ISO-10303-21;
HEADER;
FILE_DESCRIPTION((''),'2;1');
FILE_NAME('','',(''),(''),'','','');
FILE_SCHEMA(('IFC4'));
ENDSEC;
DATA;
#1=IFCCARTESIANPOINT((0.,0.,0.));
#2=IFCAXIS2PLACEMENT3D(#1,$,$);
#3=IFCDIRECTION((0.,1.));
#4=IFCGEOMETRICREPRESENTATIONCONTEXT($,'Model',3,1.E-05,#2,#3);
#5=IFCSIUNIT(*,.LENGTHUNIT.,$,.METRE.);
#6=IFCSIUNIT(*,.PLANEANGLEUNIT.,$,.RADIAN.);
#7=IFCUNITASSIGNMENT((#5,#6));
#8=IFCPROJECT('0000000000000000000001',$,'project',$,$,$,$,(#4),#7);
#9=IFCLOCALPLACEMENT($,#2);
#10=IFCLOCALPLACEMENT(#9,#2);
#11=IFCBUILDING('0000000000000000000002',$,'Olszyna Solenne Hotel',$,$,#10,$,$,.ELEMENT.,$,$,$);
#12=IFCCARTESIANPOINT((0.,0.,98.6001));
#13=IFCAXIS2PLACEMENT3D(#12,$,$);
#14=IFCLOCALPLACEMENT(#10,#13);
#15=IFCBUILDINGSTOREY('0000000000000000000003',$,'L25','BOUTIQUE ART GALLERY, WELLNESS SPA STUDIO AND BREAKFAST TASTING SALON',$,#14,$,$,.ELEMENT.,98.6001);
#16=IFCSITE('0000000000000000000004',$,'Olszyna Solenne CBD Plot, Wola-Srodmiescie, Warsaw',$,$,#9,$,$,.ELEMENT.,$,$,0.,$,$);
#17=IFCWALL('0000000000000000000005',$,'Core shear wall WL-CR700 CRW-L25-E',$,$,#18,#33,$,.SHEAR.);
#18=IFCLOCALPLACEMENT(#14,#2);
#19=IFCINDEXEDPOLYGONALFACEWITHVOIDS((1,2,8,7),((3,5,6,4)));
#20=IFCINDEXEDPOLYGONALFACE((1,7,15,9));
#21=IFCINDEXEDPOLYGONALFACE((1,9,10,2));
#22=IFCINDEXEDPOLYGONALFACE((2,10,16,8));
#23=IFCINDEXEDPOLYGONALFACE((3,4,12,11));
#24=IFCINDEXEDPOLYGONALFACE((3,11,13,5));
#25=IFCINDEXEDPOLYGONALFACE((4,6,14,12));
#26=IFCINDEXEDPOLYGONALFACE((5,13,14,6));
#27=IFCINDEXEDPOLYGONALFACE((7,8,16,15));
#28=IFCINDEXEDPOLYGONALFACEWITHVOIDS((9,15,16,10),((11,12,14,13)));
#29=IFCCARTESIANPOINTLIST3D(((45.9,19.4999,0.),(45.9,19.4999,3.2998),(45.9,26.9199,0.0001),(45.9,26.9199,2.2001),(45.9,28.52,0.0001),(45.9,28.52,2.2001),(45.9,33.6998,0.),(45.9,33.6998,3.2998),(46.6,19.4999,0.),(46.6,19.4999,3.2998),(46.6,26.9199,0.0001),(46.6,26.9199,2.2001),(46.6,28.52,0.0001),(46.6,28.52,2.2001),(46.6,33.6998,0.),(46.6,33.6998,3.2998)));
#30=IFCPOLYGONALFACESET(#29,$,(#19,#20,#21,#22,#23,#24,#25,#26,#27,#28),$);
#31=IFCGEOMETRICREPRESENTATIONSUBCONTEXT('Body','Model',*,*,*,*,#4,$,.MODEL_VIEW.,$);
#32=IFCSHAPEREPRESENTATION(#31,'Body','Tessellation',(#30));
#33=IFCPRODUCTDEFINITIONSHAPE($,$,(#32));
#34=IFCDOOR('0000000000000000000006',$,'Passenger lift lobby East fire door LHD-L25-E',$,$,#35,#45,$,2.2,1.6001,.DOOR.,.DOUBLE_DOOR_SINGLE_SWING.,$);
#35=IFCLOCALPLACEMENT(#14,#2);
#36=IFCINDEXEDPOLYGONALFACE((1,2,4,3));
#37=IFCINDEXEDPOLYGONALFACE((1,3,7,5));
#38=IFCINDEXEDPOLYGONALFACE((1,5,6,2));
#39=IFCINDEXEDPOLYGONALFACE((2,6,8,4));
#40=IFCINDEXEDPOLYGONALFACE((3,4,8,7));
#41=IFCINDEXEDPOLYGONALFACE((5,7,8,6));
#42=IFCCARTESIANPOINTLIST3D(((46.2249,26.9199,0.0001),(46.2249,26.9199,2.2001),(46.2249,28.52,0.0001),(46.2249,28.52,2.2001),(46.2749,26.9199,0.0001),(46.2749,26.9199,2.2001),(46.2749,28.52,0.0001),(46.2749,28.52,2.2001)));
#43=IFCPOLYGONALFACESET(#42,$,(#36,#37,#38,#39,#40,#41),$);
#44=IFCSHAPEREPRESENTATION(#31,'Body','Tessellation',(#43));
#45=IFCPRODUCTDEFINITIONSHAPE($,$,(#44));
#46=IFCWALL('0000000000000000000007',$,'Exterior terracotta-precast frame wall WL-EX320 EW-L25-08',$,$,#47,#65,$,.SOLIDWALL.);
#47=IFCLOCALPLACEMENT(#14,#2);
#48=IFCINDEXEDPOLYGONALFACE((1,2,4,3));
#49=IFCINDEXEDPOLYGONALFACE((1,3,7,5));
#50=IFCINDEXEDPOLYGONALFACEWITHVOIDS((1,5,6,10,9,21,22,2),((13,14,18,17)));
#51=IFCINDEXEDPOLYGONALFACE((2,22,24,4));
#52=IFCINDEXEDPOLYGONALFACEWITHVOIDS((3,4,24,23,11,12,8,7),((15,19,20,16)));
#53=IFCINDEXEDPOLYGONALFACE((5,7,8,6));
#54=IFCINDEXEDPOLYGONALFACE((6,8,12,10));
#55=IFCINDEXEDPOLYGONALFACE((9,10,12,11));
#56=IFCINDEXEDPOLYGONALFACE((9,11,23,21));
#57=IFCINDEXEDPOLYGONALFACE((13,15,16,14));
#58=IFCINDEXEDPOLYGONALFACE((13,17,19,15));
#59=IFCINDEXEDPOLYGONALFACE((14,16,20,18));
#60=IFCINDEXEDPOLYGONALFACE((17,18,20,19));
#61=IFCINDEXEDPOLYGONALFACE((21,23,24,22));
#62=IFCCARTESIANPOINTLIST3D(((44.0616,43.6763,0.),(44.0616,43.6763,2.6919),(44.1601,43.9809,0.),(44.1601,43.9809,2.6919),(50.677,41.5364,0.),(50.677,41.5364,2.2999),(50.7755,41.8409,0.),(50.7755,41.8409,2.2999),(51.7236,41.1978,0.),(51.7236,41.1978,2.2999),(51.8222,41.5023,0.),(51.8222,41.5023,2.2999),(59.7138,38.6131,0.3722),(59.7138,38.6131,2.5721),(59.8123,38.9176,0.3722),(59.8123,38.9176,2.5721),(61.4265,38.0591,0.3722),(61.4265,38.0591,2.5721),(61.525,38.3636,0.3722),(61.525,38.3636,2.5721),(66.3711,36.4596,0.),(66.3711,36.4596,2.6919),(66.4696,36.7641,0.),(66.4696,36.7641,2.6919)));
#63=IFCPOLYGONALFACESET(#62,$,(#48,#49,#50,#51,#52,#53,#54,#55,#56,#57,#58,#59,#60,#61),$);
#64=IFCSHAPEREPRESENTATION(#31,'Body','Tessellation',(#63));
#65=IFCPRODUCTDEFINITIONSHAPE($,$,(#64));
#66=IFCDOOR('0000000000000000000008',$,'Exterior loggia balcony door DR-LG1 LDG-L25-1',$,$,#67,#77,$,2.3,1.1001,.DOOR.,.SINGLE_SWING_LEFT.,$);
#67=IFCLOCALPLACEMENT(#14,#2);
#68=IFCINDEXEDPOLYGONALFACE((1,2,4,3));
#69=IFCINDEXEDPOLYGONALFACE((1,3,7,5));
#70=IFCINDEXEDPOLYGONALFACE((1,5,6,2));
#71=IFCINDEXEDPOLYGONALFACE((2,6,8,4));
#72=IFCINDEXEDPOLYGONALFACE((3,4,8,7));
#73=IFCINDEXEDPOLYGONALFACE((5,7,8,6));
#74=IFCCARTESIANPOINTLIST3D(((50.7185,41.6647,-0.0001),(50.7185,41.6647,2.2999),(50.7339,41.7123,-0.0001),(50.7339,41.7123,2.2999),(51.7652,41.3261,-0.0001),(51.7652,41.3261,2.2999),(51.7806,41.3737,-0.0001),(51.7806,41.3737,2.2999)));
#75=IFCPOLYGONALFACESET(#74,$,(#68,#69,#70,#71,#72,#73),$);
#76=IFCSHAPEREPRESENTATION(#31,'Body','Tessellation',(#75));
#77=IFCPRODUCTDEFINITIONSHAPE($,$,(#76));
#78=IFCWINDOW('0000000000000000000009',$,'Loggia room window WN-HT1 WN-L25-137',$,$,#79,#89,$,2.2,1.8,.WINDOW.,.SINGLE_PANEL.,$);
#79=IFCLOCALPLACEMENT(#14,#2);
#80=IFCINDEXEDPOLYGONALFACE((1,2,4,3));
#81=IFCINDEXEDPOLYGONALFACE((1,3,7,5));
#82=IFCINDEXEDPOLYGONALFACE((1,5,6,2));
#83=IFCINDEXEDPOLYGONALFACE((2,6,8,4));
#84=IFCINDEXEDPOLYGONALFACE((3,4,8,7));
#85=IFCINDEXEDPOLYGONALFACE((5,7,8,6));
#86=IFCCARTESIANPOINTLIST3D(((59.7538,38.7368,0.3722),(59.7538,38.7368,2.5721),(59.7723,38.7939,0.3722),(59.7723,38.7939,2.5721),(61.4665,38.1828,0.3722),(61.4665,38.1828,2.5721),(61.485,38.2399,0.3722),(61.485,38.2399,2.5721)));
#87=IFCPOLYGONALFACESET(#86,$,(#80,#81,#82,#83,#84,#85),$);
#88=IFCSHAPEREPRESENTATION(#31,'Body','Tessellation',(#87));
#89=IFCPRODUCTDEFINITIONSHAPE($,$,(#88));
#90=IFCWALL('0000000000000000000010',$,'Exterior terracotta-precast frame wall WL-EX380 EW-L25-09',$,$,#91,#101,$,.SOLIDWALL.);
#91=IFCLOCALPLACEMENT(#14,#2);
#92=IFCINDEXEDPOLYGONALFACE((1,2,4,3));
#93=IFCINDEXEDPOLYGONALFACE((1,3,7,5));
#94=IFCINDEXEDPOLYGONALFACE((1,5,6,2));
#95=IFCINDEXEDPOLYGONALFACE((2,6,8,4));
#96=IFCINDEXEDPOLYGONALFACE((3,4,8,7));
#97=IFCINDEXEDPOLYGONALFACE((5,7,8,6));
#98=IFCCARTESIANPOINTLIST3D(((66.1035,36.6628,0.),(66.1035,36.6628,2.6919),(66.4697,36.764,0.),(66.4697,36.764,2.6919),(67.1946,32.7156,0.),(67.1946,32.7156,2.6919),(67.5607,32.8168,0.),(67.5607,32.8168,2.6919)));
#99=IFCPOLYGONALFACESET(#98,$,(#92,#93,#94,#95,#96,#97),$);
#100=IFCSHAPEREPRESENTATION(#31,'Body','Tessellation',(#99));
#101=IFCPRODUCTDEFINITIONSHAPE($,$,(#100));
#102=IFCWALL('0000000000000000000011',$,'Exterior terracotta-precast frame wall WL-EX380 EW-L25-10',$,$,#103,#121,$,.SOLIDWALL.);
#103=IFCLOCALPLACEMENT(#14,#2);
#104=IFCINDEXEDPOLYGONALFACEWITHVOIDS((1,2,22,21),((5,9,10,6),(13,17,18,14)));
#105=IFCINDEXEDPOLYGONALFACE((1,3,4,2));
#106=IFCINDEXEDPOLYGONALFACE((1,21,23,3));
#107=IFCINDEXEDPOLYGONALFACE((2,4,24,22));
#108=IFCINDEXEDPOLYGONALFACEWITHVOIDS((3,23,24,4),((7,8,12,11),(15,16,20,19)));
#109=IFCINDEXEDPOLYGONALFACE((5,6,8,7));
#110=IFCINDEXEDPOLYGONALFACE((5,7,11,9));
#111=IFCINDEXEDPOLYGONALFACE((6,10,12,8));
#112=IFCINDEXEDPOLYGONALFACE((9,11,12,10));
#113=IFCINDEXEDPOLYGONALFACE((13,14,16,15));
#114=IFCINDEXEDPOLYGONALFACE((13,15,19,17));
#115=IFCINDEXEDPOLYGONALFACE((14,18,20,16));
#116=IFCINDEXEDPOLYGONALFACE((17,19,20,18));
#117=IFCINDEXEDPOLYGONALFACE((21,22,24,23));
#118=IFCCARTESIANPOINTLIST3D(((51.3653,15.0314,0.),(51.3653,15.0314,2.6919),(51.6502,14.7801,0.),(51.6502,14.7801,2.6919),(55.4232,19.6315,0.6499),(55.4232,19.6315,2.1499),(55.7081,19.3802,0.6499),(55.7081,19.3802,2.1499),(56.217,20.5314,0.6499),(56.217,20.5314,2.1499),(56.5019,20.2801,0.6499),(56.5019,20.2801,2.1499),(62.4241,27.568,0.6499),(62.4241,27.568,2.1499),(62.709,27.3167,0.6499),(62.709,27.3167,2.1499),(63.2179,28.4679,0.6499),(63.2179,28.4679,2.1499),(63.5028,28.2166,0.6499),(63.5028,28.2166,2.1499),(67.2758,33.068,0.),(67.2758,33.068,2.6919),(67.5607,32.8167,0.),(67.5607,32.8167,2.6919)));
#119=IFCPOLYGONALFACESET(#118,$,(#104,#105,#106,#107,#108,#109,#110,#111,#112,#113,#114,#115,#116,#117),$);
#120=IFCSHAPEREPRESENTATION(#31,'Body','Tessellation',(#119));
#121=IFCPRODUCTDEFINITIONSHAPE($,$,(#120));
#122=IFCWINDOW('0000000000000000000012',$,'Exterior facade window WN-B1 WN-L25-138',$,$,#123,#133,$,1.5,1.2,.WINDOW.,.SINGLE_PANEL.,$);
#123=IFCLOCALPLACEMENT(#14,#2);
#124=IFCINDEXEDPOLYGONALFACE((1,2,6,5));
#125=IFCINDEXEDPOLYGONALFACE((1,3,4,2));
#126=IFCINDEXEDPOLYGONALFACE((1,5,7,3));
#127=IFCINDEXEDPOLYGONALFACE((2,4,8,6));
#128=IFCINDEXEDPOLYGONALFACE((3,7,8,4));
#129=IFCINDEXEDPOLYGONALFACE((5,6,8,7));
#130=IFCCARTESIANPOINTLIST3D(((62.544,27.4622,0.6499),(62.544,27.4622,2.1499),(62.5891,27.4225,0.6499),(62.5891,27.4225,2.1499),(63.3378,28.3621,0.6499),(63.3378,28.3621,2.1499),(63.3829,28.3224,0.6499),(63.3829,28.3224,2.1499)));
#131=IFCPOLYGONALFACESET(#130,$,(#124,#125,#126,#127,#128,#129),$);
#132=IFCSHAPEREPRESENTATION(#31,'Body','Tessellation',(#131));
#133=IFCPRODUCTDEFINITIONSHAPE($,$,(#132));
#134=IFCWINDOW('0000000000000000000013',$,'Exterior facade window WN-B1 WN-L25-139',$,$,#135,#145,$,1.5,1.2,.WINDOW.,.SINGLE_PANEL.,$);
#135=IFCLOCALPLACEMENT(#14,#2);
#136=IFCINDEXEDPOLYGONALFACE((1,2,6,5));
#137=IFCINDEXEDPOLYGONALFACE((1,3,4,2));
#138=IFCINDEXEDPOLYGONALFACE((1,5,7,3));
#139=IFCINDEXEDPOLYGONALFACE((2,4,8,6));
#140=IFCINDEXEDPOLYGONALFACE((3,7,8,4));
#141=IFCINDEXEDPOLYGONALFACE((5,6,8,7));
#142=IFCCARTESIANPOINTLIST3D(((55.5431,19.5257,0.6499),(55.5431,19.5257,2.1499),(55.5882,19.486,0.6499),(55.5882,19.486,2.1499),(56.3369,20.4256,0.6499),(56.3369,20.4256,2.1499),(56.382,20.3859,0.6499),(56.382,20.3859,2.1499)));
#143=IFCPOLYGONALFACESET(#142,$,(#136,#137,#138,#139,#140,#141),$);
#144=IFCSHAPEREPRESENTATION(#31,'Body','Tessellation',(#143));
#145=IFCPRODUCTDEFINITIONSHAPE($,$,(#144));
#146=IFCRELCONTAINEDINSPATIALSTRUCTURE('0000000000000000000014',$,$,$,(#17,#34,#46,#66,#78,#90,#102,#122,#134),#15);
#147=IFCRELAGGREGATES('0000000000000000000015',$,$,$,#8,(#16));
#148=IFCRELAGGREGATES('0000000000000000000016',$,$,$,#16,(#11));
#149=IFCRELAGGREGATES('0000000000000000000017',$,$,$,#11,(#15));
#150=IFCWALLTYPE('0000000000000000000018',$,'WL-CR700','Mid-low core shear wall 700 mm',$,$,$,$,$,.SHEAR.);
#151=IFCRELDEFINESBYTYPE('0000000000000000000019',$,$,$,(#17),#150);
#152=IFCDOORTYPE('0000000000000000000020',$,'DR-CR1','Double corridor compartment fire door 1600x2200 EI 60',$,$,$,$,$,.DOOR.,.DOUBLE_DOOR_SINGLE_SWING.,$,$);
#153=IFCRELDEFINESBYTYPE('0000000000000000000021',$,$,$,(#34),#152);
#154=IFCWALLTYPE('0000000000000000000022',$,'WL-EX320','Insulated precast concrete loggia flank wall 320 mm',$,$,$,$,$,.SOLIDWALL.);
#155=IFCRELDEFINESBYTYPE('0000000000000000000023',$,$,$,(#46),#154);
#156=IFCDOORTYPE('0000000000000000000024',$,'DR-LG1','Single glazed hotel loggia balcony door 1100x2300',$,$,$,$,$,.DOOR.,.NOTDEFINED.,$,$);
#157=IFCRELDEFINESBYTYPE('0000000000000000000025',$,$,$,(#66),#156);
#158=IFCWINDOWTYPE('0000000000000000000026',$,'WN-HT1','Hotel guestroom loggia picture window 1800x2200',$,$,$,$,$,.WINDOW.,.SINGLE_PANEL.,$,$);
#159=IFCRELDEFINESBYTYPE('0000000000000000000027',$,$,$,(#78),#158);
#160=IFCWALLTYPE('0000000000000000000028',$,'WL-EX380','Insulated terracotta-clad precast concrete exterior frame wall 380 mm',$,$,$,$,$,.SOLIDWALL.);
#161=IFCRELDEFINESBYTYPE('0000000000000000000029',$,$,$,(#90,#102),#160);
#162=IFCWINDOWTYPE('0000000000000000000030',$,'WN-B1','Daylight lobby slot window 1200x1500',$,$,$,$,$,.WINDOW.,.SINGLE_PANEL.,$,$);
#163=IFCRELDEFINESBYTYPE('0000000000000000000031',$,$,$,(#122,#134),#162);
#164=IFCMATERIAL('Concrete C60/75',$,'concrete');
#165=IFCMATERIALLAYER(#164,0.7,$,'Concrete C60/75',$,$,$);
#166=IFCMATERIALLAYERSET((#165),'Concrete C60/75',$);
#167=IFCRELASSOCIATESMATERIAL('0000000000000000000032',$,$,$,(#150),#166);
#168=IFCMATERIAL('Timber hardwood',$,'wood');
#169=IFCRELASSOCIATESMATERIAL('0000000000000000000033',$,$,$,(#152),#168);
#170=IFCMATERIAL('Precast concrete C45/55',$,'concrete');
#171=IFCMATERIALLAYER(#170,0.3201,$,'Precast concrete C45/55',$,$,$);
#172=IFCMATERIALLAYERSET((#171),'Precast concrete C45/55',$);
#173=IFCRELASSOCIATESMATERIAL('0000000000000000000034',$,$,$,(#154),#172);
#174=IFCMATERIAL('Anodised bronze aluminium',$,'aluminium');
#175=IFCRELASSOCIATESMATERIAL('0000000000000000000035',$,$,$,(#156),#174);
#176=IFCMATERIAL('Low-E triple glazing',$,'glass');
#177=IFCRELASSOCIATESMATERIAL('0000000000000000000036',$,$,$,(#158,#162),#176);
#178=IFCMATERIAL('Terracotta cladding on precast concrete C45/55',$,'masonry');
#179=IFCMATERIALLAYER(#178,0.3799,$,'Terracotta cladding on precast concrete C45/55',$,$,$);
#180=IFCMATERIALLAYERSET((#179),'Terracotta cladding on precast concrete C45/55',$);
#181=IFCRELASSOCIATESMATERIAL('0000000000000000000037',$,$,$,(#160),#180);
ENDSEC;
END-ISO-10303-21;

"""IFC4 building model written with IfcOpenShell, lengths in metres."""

from ifc_helpers import new_model, si_unit, direction, frame, frame_2d, origin, place, context, subcontext, project, spatial, rectangle, extrude, source, transform, mapped, material, layer, layer_set, type_object, type_shapes, element, fill, save


model = new_model("IFC4")

# Units and contexts
model_context = context("Model", 3, precision=1e-05, world=origin(), true_north=direction((0.0, 1.0)))
body_context = subcontext(model_context, "Body", "Model", "MODEL_VIEW")
ifc_project = project(units=[si_unit("LENGTHUNIT", "METRE"), si_unit("PLANEANGLEUNIT", "RADIAN")], contexts=[model_context])

# Site, building, storey
site_placement = place(None, origin())
site = spatial("IfcSite", under=ifc_project, at=site_placement, Name="Olszyna Solenne CBD Plot, Wola-Srodmiescie, Warsaw", CompositionType="ELEMENT", RefElevation=0.0)
building_placement = place(site_placement, origin())
building = spatial("IfcBuilding", under=site, at=building_placement, Name="Olszyna Solenne Hotel", CompositionType="ELEMENT")
storey_placement = place(building_placement, frame((0.0, 0.0, 98.6001)))
storey = spatial("IfcBuildingStorey", under=building, at=storey_placement, Name="L25", Description="BOUTIQUE ART GALLERY, WELLNESS SPA STUDIO AND BREAKFAST TASTING SALON", CompositionType="ELEMENT", Elevation=98.6001)

# Shared definitions
ifc_material_1 = material(Name="Anodised bronze aluminium", Category="aluminium")

# Wall, opening, door
ifc_material_2 = material(Name="Concrete C60/75", Category="concrete")
ifc_layer_1 = layer(ifc_material_2, 0.7, Name="Concrete C60/75")
ifc_layer_set_1 = layer_set([ifc_layer_1], Name="Concrete C60/75")
wall_type_1 = type_object("IfcWallType", Name="WL-CR700", Description="Mid-low core shear wall 700 mm", PredefinedType="SHEAR", material=ifc_layer_set_1)
wall_1_placement = place(storey_placement, frame((46.25, 33.7, 0.0), z_axis=(0.0, 0.0, 1.0), x_axis=(0.0, -1.0, 0.0)))
wall_1 = element("IfcWall", 1, at=wall_1_placement, inside=storey, type_object=wall_type_1, Name="Core shear wall WL-CR700 CRW-L25-E", PredefinedType="SHEAR", context=body_context, shape_type="SweptSolid", body=[
    extrude(rectangle(XDim=14.2, YDim=0.7, at=frame_2d((7.1001, 0.0))), origin(), (0.0, 0.0, 1.0), 3.2998),
])
opening_1_placement = place(wall_1_placement, frame((5.1799, 0.0, 0.0)))
opening_1 = element("IfcOpeningElement", 2, at=opening_1_placement, cuts=wall_1, PredefinedType="OPENING", context=body_context, shape_type="SweptSolid", body=[
    extrude(rectangle(XDim=1.6001, YDim=2.2, at=frame_2d((0.8, 1.1001))), frame((0.0, 0.3599, 0.0), z_axis=(0.0, -1.0, 0.0), x_axis=(1.0, 0.0, 0.0)), (0.0, 0.0, 1.0), 0.72),
])
ifc_material_3 = material(Name="Timber hardwood", Category="wood")
door_type_1 = type_object("IfcDoorType", Name="DR-CR1", Description="Double corridor compartment fire door 1600x2200 EI 60", OperationType="DOUBLE_DOOR_SINGLE_SWING", PredefinedType="DOOR", material=ifc_material_3)
shared_shape_1 = source(origin(), body_context, "Body", "SweptSolid", [
    extrude(rectangle(XDim=1.6001, YDim=2.2, at=frame_2d((0.8, 1.1001))), frame((0.0, 0.0249, 0.0), z_axis=(0.0, -1.0, 0.0), x_axis=(1.0, 0.0, 0.0)), (0.0, 0.0, 1.0), 0.05),
])
type_shapes(door_type_1, [shared_shape_1])
door_1_placement = place(opening_1_placement, origin())
door_1 = element("IfcDoor", 3, at=door_1_placement, inside=storey, type_object=door_type_1, Name="Passenger lift lobby East fire door LHD-L25-E", OperationType="DOUBLE_DOOR_SINGLE_SWING", OverallHeight=2.2, OverallWidth=1.6001, PredefinedType="DOOR", context=body_context, shape_type="MappedRepresentation", body=[
    mapped(shared_shape_1, transform((0.0, 0.0, 0.0), x_axis=(1.0, 0.0, 0.0), y_axis=(0.0, 1.0, 0.0), z_axis=(0.0, 0.0, 1.0), scale=1.0)),
])
fill(opening_1, door_1)

# Wall, openings, door, window
ifc_material_4 = material(Name="Precast concrete C45/55", Category="concrete")
ifc_layer_2 = layer(ifc_material_4, 0.3201, Name="Precast concrete C45/55")
ifc_layer_set_2 = layer_set([ifc_layer_2], Name="Precast concrete C45/55")
wall_type_2 = type_object("IfcWallType", Name="WL-EX320", Description="Insulated precast concrete loggia flank wall 320 mm", PredefinedType="SOLIDWALL", material=ifc_layer_set_2)
wall_2_placement = place(storey_placement, frame((44.1108, 43.8286, 0.0), z_axis=(0.0, 0.0, 1.0), x_axis=(0.951457, -0.307781, 0.0)))
wall_2 = element("IfcWall", 4, at=wall_2_placement, inside=storey, type_object=wall_type_2, Name="Exterior terracotta-precast frame wall WL-EX320 EW-L25-08", PredefinedType="SOLIDWALL", context=body_context, shape_type="SweptSolid", body=[
    extrude(rectangle(XDim=23.4478, YDim=0.3201, at=frame_2d((11.7239, 0.0))), origin(), (0.0, 0.0, 1.0), 2.6919),
])
opening_2_placement = place(wall_2_placement, frame((6.9529, 0.0, 0.0)))
opening_2 = element("IfcOpeningElement", 5, at=opening_2_placement, cuts=wall_2, PredefinedType="OPENING", context=body_context, shape_type="SweptSolid", body=[
    extrude(rectangle(XDim=1.1001, YDim=2.3, at=frame_2d((0.55, 1.1499))), frame((0.0, 0.1699, 0.0), z_axis=(0.0, -1.0, 0.0), x_axis=(1.0, 0.0, 0.0)), (0.0, 0.0, 1.0), 0.3401),
])
opening_3_placement = place(wall_2_placement, frame((16.4509, 0.0, 0.3721)))
opening_3 = element("IfcOpeningElement", 6, at=opening_3_placement, cuts=wall_2, PredefinedType="OPENING", context=body_context, shape_type="SweptSolid", body=[
    extrude(rectangle(XDim=1.8, YDim=2.2, at=frame_2d((0.8999, 1.1001))), frame((0.0, 0.1699, 0.0), z_axis=(0.0, -1.0, 0.0), x_axis=(1.0, 0.0, 0.0)), (0.0, 0.0, 1.0), 0.3401),
])
door_type_2 = type_object("IfcDoorType", Name="DR-LG1", Description="Single glazed hotel loggia balcony door 1100x2300", OperationType="NOTDEFINED", PredefinedType="DOOR", material=ifc_material_1)
shared_shape_2 = source(origin(), body_context, "Body", "SweptSolid", [
    extrude(rectangle(XDim=1.1001, YDim=2.3, at=frame_2d((0.55, 1.1499))), frame((0.0, 0.0249, 0.0), z_axis=(0.0, -1.0, 0.0), x_axis=(1.0, 0.0, 0.0)), (0.0, 0.0, 1.0), 0.05),
])
type_shapes(door_type_2, [shared_shape_2])
door_2_placement = place(opening_2_placement, origin())
door_2 = element("IfcDoor", 7, at=door_2_placement, inside=storey, type_object=door_type_2, Name="Exterior loggia balcony door DR-LG1 LDG-L25-1", OperationType="SINGLE_SWING_LEFT", OverallHeight=2.3, OverallWidth=1.1001, PredefinedType="DOOR", context=body_context, shape_type="MappedRepresentation", body=[
    mapped(shared_shape_2, transform((0.0, 0.0, 0.0), x_axis=(1.0, 0.0, 0.0), y_axis=(0.0, 1.0, 0.0), z_axis=(0.0, 0.0, 1.0), scale=1.0)),
])
fill(opening_2, door_2)
ifc_material_5 = material(Name="Low-E triple glazing", Category="glass")
window_type_1 = type_object("IfcWindowType", Name="WN-HT1", Description="Hotel guestroom loggia picture window 1800x2200", PartitioningType="SINGLE_PANEL", PredefinedType="WINDOW", material=ifc_material_5)
shared_shape_3 = source(origin(), body_context, "Body", "SweptSolid", [
    extrude(rectangle(XDim=1.8, YDim=2.2, at=frame_2d((0.8999, 1.1001))), frame((0.0, 0.03, 0.0), z_axis=(0.0, -1.0, 0.0), x_axis=(1.0, 0.0, 0.0)), (0.0, 0.0, 1.0), 0.0601),
])
type_shapes(window_type_1, [shared_shape_3])
window_1_placement = place(opening_3_placement, origin())
window_1 = element("IfcWindow", 8, at=window_1_placement, inside=storey, type_object=window_type_1, Name="Loggia room window WN-HT1 WN-L25-137", OverallHeight=2.2, OverallWidth=1.8, PartitioningType="SINGLE_PANEL", PredefinedType="WINDOW", context=body_context, shape_type="MappedRepresentation", body=[
    mapped(shared_shape_3, transform((0.0, 0.0, 0.0), x_axis=(1.0, 0.0, 0.0), y_axis=(0.0, 1.0, 0.0), z_axis=(0.0, 0.0, 1.0), scale=1.0)),
])
fill(opening_3, window_1)

# Wall
ifc_material_6 = material(Name="Terracotta cladding on precast concrete C45/55", Category="masonry")
ifc_layer_3 = layer(ifc_material_6, 0.3799, Name="Terracotta cladding on precast concrete C45/55")
ifc_layer_set_3 = layer_set([ifc_layer_3], Name="Terracotta cladding on precast concrete C45/55")
wall_type_3 = type_object("IfcWallType", Name="WL-EX380", Description="Insulated terracotta-clad precast concrete exterior frame wall 380 mm", PredefinedType="SOLIDWALL", material=ifc_layer_set_3)
wall_3_placement = place(storey_placement, frame((66.2866, 36.7134, 0.0), z_axis=(0.0, 0.0, 1.0), x_axis=(0.26642, -0.963857, 0.0)))
element("IfcWall", 9, at=wall_3_placement, inside=storey, type_object=wall_type_3, Name="Exterior terracotta-precast frame wall WL-EX380 EW-L25-09", PredefinedType="SOLIDWALL", context=body_context, shape_type="SweptSolid", body=[
    extrude(rectangle(XDim=4.0952, YDim=0.3799, at=frame_2d((2.0476, 0.0))), origin(), (0.0, 0.0, 1.0), 2.6919),
])

# Wall, openings, windows
wall_4_placement = place(storey_placement, frame((67.4182, 32.9424, 0.0), z_axis=(0.0, 0.0, 1.0), x_axis=(-0.661522, -0.749926, 0.0)))
wall_4 = element("IfcWall", 10, at=wall_4_placement, inside=storey, type_object=wall_type_3, Name="Exterior terracotta-precast frame wall WL-EX380 EW-L25-10", PredefinedType="SOLIDWALL", context=body_context, shape_type="SweptSolid", body=[
    extrude(rectangle(XDim=24.0513, YDim=0.3799, at=frame_2d((12.0256, 0.0))), origin(), (0.0, 0.0, 1.0), 2.6919),
])
opening_4_placement = place(wall_4_placement, frame((6.134, 0.0, 0.6499)))
opening_4 = element("IfcOpeningElement", 11, at=opening_4_placement, cuts=wall_4, PredefinedType="OPENING", context=body_context, shape_type="SweptSolid", body=[
    extrude(rectangle(XDim=1.2, YDim=1.5, at=frame_2d((0.6001, 0.75))), frame((0.0, 0.2, 0.0), z_axis=(0.0, -1.0, 0.0), x_axis=(1.0, 0.0, 0.0)), (0.0, 0.0, 1.0), 0.3999),
])
opening_5_placement = place(wall_4_placement, frame((16.717, 0.0, 0.6499)))
opening_5 = element("IfcOpeningElement", 12, at=opening_5_placement, cuts=wall_4, PredefinedType="OPENING", context=body_context, shape_type="SweptSolid", body=[
    extrude(rectangle(XDim=1.2, YDim=1.5, at=frame_2d((0.6001, 0.75))), frame((0.0, 0.2, 0.0), z_axis=(0.0, -1.0, 0.0), x_axis=(1.0, 0.0, 0.0)), (0.0, 0.0, 1.0), 0.3999),
])
window_type_2 = type_object("IfcWindowType", Name="WN-B1", Description="Daylight lobby slot window 1200x1500", PartitioningType="SINGLE_PANEL", PredefinedType="WINDOW", material=ifc_material_5)
shared_shape_4 = source(origin(), body_context, "Body", "SweptSolid", [
    extrude(rectangle(XDim=1.2, YDim=1.5, at=frame_2d((0.6001, 0.75))), frame((0.0, 0.03, 0.0), z_axis=(0.0, -1.0, 0.0), x_axis=(1.0, 0.0, 0.0)), (0.0, 0.0, 1.0), 0.0601),
])
type_shapes(window_type_2, [shared_shape_4])
window_2_placement = place(opening_4_placement, origin())
window_2 = element("IfcWindow", 13, at=window_2_placement, inside=storey, type_object=window_type_2, Name="Exterior facade window WN-B1 WN-L25-138", OverallHeight=1.5, OverallWidth=1.2, PartitioningType="SINGLE_PANEL", PredefinedType="WINDOW", context=body_context, shape_type="MappedRepresentation", body=[
    mapped(shared_shape_4, transform((0.0, 0.0, 0.0), x_axis=(1.0, 0.0, 0.0), y_axis=(0.0, 1.0, 0.0), z_axis=(0.0, 0.0, 1.0), scale=1.0)),
])
fill(opening_4, window_2)
window_3_placement = place(opening_5_placement, origin())
window_3 = element("IfcWindow", 14, at=window_3_placement, inside=storey, type_object=window_type_2, Name="Exterior facade window WN-B1 WN-L25-139", OverallHeight=1.5, OverallWidth=1.2, PartitioningType="SINGLE_PANEL", PredefinedType="WINDOW", context=body_context, shape_type="MappedRepresentation", body=[
    mapped(shared_shape_4, transform((0.0, 0.0, 0.0), x_axis=(1.0, 0.0, 0.0), y_axis=(0.0, 1.0, 0.0), z_axis=(0.0, 0.0, 1.0), scale=1.0)),
])
fill(opening_5, window_3)

save(model, "model.ifc")
